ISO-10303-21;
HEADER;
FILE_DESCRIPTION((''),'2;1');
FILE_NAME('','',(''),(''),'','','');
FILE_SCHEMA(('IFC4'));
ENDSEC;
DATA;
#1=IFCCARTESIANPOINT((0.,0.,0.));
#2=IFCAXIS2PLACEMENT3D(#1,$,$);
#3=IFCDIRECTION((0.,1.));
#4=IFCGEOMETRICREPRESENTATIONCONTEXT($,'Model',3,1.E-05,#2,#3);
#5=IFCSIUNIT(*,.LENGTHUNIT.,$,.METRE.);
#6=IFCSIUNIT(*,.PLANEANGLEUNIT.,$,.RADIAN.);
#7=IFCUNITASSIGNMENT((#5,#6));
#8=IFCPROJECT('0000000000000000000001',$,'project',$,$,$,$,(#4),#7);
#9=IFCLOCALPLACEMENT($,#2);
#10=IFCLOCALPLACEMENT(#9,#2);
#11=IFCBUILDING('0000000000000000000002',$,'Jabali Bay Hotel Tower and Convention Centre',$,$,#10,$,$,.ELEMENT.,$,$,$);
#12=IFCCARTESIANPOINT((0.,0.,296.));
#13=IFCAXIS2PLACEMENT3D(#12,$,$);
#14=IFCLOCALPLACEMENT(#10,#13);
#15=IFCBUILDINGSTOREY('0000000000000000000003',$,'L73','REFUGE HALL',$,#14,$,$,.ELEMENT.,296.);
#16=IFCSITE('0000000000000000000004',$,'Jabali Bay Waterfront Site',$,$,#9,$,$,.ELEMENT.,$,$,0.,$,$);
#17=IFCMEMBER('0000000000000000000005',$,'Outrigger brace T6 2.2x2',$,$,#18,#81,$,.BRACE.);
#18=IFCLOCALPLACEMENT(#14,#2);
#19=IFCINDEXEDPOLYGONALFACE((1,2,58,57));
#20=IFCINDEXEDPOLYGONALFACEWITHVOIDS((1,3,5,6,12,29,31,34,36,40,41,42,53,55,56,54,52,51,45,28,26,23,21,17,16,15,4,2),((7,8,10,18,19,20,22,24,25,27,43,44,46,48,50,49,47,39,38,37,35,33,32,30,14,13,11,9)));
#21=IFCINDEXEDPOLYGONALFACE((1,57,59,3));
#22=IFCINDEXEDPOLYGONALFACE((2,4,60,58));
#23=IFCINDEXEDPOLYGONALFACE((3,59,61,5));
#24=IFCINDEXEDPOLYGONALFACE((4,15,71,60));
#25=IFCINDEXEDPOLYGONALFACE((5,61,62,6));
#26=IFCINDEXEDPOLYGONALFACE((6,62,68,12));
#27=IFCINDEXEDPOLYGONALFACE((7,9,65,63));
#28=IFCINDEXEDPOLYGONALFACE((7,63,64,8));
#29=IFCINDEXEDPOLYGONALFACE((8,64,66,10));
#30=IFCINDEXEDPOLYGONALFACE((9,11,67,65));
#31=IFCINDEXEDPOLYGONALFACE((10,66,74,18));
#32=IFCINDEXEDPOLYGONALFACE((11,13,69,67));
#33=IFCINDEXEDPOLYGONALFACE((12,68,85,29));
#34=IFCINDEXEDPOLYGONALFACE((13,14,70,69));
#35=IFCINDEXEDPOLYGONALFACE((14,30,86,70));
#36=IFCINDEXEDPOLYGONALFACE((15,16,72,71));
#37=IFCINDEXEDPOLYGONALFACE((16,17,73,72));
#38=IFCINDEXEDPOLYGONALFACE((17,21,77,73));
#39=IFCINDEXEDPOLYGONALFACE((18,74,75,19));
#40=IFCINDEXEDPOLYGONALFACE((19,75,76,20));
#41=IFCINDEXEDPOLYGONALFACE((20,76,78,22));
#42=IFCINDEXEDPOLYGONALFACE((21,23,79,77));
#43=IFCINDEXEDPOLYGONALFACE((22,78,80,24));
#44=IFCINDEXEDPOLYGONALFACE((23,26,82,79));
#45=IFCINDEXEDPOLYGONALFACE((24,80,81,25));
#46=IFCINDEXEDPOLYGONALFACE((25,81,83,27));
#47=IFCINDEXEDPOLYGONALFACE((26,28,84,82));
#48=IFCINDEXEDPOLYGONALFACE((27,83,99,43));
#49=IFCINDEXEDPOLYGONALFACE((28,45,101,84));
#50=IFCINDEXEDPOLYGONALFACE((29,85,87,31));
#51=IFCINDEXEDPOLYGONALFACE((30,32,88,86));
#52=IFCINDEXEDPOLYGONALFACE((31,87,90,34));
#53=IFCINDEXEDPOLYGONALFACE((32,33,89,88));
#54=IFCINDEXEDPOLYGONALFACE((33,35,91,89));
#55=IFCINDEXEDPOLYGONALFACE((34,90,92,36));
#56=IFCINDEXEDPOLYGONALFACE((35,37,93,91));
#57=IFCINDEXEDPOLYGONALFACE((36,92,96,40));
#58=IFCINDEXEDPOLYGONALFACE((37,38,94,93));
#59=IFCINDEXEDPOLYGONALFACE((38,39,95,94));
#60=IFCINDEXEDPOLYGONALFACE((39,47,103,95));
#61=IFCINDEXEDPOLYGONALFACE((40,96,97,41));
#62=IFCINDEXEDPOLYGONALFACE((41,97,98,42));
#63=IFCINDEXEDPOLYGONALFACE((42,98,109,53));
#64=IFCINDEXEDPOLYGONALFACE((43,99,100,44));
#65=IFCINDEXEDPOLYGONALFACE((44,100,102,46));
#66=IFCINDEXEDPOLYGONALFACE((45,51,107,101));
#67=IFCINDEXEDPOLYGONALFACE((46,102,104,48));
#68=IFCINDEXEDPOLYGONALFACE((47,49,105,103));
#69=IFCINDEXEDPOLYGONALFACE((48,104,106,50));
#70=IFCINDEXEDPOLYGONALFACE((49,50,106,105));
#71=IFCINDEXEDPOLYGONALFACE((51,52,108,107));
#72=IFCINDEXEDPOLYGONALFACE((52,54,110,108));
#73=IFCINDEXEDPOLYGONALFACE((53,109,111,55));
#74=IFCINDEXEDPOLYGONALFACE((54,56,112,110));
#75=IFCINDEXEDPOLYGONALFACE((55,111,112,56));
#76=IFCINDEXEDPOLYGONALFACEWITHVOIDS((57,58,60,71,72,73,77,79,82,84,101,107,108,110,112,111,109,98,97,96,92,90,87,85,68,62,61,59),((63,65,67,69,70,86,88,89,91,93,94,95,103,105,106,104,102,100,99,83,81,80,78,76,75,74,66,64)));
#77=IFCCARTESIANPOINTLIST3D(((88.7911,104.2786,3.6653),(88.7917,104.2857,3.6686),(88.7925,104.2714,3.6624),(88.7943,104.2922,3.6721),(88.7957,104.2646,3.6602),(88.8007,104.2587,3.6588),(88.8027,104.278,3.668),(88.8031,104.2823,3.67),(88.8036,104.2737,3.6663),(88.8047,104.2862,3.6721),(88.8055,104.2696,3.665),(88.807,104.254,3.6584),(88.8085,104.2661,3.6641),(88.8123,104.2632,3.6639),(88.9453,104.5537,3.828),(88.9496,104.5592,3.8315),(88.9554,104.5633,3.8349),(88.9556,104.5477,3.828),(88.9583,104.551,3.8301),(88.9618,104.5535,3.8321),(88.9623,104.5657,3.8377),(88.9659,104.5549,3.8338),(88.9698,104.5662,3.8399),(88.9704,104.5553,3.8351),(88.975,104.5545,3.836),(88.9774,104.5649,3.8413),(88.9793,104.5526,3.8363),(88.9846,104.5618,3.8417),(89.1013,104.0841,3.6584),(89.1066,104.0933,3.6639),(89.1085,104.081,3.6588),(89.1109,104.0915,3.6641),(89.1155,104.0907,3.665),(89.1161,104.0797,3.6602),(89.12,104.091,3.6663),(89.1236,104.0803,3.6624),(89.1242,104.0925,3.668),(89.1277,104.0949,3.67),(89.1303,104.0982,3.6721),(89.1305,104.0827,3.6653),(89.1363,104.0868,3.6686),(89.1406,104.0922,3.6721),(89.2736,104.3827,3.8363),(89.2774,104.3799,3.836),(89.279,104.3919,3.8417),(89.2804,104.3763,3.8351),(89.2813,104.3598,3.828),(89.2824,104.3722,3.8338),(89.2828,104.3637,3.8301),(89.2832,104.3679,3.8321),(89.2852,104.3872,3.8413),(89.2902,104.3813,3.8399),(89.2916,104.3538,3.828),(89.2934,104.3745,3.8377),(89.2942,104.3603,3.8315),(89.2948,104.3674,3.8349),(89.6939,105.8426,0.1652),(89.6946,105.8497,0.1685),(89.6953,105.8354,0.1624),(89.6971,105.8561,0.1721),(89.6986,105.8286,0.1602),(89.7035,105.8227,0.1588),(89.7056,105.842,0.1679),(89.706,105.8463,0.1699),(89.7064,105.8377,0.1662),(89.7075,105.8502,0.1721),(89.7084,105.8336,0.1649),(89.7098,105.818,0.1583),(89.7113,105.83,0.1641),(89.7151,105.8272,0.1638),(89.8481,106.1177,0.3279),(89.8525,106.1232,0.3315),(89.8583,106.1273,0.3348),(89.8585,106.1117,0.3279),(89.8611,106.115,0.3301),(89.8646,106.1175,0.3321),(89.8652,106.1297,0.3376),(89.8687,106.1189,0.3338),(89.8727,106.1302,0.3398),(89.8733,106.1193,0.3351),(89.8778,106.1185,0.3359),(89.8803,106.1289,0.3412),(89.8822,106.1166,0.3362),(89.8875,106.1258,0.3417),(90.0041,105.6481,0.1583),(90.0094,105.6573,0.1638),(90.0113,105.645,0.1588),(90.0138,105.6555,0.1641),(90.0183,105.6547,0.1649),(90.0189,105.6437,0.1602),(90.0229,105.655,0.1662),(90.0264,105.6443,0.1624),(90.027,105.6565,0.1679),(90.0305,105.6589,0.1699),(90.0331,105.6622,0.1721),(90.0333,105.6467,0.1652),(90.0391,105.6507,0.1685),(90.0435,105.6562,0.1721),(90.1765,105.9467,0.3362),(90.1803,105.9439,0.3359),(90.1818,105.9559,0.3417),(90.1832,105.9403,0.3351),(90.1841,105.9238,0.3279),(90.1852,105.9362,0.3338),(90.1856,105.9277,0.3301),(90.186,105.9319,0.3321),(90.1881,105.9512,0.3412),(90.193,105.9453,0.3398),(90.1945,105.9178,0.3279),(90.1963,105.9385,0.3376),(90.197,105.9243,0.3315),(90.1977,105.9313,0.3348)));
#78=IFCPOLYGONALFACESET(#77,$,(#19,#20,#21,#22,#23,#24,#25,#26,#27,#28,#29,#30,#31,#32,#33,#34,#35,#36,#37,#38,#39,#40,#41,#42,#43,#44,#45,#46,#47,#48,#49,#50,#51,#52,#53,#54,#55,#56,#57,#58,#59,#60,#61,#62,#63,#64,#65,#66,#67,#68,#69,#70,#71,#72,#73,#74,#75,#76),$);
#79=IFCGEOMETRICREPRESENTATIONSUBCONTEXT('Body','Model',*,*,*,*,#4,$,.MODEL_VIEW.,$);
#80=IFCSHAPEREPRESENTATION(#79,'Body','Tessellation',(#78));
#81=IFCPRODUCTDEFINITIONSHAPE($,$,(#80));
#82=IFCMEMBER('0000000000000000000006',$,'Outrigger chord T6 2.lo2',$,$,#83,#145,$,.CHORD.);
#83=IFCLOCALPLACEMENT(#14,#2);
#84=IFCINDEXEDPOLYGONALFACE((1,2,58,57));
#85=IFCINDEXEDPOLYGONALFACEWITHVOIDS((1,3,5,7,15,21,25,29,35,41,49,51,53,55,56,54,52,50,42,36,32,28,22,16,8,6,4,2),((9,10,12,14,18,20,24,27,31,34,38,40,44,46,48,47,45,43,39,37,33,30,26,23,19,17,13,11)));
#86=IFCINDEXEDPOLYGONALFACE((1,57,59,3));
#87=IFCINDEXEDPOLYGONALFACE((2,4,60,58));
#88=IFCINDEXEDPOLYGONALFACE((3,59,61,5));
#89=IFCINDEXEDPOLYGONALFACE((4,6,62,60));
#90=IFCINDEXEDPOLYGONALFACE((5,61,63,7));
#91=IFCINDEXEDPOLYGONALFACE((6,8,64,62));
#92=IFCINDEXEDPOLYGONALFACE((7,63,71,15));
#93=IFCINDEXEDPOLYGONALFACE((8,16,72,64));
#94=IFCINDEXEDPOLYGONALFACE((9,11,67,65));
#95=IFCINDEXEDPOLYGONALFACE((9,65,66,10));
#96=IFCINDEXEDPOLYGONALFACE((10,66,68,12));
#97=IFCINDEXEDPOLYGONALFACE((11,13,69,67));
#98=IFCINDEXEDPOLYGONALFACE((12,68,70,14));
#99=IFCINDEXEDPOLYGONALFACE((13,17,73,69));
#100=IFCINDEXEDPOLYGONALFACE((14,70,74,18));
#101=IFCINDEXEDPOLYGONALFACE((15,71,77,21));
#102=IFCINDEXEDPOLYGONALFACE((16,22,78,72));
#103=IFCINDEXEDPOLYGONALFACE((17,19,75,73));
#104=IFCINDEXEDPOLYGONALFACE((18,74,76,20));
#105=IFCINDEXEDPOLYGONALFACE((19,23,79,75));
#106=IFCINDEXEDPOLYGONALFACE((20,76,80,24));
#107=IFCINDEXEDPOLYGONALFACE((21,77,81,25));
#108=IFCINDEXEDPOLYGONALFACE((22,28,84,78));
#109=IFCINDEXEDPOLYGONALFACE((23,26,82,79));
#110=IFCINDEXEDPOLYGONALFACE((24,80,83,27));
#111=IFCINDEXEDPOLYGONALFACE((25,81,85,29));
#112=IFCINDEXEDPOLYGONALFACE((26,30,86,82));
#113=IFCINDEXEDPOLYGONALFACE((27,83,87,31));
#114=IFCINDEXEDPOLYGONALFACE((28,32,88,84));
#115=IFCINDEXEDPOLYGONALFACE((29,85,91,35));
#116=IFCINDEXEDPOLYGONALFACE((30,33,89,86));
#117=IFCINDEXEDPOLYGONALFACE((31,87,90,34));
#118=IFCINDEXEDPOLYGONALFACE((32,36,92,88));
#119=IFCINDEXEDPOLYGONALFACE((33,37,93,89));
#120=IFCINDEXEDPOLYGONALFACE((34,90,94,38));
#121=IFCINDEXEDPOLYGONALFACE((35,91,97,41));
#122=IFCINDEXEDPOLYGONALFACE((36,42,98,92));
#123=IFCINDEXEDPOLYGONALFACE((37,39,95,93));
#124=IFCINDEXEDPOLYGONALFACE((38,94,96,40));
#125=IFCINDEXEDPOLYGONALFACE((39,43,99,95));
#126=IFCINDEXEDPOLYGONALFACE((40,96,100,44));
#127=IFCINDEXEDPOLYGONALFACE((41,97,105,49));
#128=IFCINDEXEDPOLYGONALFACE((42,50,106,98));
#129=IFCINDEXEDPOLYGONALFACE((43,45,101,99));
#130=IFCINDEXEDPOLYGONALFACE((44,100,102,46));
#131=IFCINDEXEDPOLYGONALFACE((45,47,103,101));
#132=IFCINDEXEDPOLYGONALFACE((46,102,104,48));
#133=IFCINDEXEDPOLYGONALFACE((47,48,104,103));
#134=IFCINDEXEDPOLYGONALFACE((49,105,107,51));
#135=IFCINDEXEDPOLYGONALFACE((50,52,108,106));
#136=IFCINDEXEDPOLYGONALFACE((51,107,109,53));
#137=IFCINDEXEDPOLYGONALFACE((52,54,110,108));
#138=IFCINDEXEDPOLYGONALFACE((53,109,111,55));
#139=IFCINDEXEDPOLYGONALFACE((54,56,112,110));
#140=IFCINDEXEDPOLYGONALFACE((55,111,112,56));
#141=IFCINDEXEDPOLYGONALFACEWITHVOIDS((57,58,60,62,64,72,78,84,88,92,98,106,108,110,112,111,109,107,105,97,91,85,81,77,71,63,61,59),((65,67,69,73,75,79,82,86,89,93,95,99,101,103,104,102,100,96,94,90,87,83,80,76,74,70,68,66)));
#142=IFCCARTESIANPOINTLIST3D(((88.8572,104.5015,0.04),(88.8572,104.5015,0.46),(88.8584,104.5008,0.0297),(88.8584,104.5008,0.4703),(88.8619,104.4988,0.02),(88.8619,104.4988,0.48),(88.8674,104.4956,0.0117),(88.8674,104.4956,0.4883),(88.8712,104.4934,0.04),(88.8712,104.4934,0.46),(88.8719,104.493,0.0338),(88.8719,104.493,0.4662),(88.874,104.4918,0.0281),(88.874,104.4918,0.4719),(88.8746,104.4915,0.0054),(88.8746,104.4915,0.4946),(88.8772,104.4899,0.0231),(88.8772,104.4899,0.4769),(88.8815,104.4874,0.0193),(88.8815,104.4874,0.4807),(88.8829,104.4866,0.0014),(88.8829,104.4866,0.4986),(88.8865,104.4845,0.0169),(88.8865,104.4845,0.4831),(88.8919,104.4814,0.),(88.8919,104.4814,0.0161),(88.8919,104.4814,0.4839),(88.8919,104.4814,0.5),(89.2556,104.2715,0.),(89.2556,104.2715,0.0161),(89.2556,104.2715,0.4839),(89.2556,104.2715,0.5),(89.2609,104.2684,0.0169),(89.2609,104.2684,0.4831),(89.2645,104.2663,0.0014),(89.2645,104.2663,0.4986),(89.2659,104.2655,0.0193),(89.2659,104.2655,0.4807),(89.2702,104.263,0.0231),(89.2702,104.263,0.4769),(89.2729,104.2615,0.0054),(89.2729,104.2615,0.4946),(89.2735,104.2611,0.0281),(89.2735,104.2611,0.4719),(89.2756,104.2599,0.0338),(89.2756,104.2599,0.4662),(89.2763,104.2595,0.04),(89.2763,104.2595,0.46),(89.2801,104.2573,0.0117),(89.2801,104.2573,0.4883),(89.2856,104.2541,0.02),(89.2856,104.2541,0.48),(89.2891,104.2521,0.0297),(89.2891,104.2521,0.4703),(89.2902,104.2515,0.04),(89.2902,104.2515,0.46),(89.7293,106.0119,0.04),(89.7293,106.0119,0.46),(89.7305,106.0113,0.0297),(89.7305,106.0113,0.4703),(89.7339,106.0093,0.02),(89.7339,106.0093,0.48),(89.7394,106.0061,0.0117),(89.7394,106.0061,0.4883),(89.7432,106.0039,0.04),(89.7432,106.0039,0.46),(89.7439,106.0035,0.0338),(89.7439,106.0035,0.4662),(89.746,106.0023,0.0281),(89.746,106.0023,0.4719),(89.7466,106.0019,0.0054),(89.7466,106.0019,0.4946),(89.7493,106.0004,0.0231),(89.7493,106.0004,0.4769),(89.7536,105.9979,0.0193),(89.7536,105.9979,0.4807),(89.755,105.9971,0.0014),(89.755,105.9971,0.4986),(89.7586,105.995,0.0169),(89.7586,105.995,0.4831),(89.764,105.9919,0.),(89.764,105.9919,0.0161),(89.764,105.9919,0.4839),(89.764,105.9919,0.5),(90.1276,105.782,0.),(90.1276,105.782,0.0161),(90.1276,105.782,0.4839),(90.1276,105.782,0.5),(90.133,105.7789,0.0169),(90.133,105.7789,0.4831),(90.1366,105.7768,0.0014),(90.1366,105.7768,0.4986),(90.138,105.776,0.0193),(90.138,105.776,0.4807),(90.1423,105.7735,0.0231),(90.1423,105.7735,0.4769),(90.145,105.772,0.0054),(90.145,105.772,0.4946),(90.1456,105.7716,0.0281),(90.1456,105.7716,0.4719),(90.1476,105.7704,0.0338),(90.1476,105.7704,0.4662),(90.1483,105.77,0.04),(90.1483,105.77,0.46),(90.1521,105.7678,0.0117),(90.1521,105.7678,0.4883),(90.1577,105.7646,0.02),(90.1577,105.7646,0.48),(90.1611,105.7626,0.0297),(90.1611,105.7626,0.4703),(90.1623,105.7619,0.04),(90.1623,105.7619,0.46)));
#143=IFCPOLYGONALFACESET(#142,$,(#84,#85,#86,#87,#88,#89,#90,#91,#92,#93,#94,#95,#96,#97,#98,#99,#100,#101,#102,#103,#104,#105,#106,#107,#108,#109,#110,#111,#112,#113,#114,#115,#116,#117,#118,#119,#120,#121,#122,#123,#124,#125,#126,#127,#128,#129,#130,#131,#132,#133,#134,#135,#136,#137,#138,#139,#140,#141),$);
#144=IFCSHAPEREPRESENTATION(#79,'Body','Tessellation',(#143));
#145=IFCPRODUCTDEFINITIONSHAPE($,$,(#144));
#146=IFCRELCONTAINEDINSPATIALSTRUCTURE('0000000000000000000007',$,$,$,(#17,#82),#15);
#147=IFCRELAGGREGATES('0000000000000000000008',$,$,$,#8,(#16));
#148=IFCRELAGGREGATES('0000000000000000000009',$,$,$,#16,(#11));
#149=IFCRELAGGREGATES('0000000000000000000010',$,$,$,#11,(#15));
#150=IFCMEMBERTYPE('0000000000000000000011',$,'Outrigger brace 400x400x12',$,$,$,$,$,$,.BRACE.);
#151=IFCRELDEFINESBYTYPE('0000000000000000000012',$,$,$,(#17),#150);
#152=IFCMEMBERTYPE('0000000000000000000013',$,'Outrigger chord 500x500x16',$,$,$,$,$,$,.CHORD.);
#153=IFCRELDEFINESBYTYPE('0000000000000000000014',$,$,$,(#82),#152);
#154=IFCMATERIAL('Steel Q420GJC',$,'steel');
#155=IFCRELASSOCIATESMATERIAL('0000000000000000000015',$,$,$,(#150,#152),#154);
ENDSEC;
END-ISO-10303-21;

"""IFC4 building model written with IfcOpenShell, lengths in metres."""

from ifc_helpers import new_model, si_unit, direction, frame, origin, origin_2d, place, context, subcontext, project, spatial, hollow_rectangle, extrude, material, material_profile, profile_set, type_object, element, save


model = new_model("IFC4")

# Units and contexts
model_context = context("Model", 3, precision=1e-05, world=origin(), true_north=direction((0.0, 1.0)))
body_context = subcontext(model_context, "Body", "Model", "MODEL_VIEW")
ifc_project = project(units=[si_unit("LENGTHUNIT", "METRE"), si_unit("PLANEANGLEUNIT", "RADIAN")], contexts=[model_context])

# Site, building, storey
site_placement = place(None, origin())
site = spatial("IfcSite", under=ifc_project, at=site_placement, Name="Jabali Bay Waterfront Site", CompositionType="ELEMENT", RefElevation=0.0)
building_placement = place(site_placement, origin())
building = spatial("IfcBuilding", under=site, at=building_placement, Name="Jabali Bay Hotel Tower and Convention Centre", CompositionType="ELEMENT")
storey_placement = place(building_placement, frame((0.0, 0.0, 296.0)))
storey = spatial("IfcBuildingStorey", under=building, at=storey_placement, Name="L73", Description="REFUGE HALL", CompositionType="ELEMENT", Elevation=296.0)

# Members
ifc_material_1 = material(Name="Steel Q420GJC", Category="steel")
ifc_material_profile_1 = material_profile(ifc_material_1, hollow_rectangle(XDim=0.3999, YDim=0.3999, WallThickness=0.012, InnerFilletRadius=0.0181, OuterFilletRadius=0.03, at=origin_2d()), Name="Outrigger brace 400x400x12")
ifc_profile_set_1 = profile_set([ifc_material_profile_1], Name="Steel Q420GJC")
member_type_1 = type_object("IfcMemberType", Name="Outrigger brace 400x400x12", PredefinedType="BRACE", material=ifc_profile_set_1)
member_1_placement = place(storey_placement, frame((89.9458, 105.887, 0.25), z_axis=(-0.229238, -0.397105, 0.888683), x_axis=(0.866055, -0.499949, 0.0)))
element("IfcMember", 1, at=member_1_placement, inside=storey, type_object=member_type_1, Name="Outrigger brace T6 2.2x2", PredefinedType="BRACE", context=body_context, shape_type="SweptSolid", body=[
    extrude(hollow_rectangle(XDim=0.3999, YDim=0.3999, WallThickness=0.012, InnerFilletRadius=0.0181, OuterFilletRadius=0.03, at=origin_2d()), origin(), (0.0, 0.0, 1.0), 3.9385),
])
ifc_material_profile_2 = material_profile(ifc_material_1, hollow_rectangle(XDim=0.5, YDim=0.5, WallThickness=0.0161, InnerFilletRadius=0.0239, OuterFilletRadius=0.04, at=origin_2d()), Name="Outrigger chord 500x500x16")
ifc_profile_set_2 = profile_set([ifc_material_profile_2], Name="Steel Q420GJC")
member_type_2 = type_object("IfcMemberType", Name="Outrigger chord 500x500x16", PredefinedType="CHORD", material=ifc_profile_set_2)
member_2_placement = place(storey_placement, frame((89.0737, 104.3765, 0.25), z_axis=(0.499993, 0.866029, 0.0), x_axis=(-0.866029, 0.499993, 0.0)))
element("IfcMember", 2, at=member_2_placement, inside=storey, type_object=member_type_2, Name="Outrigger chord T6 2.lo2", PredefinedType="CHORD", context=body_context, shape_type="SweptSolid", body=[
    extrude(hollow_rectangle(XDim=0.5, YDim=0.5, WallThickness=0.0161, InnerFilletRadius=0.0239, OuterFilletRadius=0.04, at=origin_2d()), origin(), (0.0, 0.0, 1.0), 1.7441),
])

save(model, "model.ifc")
